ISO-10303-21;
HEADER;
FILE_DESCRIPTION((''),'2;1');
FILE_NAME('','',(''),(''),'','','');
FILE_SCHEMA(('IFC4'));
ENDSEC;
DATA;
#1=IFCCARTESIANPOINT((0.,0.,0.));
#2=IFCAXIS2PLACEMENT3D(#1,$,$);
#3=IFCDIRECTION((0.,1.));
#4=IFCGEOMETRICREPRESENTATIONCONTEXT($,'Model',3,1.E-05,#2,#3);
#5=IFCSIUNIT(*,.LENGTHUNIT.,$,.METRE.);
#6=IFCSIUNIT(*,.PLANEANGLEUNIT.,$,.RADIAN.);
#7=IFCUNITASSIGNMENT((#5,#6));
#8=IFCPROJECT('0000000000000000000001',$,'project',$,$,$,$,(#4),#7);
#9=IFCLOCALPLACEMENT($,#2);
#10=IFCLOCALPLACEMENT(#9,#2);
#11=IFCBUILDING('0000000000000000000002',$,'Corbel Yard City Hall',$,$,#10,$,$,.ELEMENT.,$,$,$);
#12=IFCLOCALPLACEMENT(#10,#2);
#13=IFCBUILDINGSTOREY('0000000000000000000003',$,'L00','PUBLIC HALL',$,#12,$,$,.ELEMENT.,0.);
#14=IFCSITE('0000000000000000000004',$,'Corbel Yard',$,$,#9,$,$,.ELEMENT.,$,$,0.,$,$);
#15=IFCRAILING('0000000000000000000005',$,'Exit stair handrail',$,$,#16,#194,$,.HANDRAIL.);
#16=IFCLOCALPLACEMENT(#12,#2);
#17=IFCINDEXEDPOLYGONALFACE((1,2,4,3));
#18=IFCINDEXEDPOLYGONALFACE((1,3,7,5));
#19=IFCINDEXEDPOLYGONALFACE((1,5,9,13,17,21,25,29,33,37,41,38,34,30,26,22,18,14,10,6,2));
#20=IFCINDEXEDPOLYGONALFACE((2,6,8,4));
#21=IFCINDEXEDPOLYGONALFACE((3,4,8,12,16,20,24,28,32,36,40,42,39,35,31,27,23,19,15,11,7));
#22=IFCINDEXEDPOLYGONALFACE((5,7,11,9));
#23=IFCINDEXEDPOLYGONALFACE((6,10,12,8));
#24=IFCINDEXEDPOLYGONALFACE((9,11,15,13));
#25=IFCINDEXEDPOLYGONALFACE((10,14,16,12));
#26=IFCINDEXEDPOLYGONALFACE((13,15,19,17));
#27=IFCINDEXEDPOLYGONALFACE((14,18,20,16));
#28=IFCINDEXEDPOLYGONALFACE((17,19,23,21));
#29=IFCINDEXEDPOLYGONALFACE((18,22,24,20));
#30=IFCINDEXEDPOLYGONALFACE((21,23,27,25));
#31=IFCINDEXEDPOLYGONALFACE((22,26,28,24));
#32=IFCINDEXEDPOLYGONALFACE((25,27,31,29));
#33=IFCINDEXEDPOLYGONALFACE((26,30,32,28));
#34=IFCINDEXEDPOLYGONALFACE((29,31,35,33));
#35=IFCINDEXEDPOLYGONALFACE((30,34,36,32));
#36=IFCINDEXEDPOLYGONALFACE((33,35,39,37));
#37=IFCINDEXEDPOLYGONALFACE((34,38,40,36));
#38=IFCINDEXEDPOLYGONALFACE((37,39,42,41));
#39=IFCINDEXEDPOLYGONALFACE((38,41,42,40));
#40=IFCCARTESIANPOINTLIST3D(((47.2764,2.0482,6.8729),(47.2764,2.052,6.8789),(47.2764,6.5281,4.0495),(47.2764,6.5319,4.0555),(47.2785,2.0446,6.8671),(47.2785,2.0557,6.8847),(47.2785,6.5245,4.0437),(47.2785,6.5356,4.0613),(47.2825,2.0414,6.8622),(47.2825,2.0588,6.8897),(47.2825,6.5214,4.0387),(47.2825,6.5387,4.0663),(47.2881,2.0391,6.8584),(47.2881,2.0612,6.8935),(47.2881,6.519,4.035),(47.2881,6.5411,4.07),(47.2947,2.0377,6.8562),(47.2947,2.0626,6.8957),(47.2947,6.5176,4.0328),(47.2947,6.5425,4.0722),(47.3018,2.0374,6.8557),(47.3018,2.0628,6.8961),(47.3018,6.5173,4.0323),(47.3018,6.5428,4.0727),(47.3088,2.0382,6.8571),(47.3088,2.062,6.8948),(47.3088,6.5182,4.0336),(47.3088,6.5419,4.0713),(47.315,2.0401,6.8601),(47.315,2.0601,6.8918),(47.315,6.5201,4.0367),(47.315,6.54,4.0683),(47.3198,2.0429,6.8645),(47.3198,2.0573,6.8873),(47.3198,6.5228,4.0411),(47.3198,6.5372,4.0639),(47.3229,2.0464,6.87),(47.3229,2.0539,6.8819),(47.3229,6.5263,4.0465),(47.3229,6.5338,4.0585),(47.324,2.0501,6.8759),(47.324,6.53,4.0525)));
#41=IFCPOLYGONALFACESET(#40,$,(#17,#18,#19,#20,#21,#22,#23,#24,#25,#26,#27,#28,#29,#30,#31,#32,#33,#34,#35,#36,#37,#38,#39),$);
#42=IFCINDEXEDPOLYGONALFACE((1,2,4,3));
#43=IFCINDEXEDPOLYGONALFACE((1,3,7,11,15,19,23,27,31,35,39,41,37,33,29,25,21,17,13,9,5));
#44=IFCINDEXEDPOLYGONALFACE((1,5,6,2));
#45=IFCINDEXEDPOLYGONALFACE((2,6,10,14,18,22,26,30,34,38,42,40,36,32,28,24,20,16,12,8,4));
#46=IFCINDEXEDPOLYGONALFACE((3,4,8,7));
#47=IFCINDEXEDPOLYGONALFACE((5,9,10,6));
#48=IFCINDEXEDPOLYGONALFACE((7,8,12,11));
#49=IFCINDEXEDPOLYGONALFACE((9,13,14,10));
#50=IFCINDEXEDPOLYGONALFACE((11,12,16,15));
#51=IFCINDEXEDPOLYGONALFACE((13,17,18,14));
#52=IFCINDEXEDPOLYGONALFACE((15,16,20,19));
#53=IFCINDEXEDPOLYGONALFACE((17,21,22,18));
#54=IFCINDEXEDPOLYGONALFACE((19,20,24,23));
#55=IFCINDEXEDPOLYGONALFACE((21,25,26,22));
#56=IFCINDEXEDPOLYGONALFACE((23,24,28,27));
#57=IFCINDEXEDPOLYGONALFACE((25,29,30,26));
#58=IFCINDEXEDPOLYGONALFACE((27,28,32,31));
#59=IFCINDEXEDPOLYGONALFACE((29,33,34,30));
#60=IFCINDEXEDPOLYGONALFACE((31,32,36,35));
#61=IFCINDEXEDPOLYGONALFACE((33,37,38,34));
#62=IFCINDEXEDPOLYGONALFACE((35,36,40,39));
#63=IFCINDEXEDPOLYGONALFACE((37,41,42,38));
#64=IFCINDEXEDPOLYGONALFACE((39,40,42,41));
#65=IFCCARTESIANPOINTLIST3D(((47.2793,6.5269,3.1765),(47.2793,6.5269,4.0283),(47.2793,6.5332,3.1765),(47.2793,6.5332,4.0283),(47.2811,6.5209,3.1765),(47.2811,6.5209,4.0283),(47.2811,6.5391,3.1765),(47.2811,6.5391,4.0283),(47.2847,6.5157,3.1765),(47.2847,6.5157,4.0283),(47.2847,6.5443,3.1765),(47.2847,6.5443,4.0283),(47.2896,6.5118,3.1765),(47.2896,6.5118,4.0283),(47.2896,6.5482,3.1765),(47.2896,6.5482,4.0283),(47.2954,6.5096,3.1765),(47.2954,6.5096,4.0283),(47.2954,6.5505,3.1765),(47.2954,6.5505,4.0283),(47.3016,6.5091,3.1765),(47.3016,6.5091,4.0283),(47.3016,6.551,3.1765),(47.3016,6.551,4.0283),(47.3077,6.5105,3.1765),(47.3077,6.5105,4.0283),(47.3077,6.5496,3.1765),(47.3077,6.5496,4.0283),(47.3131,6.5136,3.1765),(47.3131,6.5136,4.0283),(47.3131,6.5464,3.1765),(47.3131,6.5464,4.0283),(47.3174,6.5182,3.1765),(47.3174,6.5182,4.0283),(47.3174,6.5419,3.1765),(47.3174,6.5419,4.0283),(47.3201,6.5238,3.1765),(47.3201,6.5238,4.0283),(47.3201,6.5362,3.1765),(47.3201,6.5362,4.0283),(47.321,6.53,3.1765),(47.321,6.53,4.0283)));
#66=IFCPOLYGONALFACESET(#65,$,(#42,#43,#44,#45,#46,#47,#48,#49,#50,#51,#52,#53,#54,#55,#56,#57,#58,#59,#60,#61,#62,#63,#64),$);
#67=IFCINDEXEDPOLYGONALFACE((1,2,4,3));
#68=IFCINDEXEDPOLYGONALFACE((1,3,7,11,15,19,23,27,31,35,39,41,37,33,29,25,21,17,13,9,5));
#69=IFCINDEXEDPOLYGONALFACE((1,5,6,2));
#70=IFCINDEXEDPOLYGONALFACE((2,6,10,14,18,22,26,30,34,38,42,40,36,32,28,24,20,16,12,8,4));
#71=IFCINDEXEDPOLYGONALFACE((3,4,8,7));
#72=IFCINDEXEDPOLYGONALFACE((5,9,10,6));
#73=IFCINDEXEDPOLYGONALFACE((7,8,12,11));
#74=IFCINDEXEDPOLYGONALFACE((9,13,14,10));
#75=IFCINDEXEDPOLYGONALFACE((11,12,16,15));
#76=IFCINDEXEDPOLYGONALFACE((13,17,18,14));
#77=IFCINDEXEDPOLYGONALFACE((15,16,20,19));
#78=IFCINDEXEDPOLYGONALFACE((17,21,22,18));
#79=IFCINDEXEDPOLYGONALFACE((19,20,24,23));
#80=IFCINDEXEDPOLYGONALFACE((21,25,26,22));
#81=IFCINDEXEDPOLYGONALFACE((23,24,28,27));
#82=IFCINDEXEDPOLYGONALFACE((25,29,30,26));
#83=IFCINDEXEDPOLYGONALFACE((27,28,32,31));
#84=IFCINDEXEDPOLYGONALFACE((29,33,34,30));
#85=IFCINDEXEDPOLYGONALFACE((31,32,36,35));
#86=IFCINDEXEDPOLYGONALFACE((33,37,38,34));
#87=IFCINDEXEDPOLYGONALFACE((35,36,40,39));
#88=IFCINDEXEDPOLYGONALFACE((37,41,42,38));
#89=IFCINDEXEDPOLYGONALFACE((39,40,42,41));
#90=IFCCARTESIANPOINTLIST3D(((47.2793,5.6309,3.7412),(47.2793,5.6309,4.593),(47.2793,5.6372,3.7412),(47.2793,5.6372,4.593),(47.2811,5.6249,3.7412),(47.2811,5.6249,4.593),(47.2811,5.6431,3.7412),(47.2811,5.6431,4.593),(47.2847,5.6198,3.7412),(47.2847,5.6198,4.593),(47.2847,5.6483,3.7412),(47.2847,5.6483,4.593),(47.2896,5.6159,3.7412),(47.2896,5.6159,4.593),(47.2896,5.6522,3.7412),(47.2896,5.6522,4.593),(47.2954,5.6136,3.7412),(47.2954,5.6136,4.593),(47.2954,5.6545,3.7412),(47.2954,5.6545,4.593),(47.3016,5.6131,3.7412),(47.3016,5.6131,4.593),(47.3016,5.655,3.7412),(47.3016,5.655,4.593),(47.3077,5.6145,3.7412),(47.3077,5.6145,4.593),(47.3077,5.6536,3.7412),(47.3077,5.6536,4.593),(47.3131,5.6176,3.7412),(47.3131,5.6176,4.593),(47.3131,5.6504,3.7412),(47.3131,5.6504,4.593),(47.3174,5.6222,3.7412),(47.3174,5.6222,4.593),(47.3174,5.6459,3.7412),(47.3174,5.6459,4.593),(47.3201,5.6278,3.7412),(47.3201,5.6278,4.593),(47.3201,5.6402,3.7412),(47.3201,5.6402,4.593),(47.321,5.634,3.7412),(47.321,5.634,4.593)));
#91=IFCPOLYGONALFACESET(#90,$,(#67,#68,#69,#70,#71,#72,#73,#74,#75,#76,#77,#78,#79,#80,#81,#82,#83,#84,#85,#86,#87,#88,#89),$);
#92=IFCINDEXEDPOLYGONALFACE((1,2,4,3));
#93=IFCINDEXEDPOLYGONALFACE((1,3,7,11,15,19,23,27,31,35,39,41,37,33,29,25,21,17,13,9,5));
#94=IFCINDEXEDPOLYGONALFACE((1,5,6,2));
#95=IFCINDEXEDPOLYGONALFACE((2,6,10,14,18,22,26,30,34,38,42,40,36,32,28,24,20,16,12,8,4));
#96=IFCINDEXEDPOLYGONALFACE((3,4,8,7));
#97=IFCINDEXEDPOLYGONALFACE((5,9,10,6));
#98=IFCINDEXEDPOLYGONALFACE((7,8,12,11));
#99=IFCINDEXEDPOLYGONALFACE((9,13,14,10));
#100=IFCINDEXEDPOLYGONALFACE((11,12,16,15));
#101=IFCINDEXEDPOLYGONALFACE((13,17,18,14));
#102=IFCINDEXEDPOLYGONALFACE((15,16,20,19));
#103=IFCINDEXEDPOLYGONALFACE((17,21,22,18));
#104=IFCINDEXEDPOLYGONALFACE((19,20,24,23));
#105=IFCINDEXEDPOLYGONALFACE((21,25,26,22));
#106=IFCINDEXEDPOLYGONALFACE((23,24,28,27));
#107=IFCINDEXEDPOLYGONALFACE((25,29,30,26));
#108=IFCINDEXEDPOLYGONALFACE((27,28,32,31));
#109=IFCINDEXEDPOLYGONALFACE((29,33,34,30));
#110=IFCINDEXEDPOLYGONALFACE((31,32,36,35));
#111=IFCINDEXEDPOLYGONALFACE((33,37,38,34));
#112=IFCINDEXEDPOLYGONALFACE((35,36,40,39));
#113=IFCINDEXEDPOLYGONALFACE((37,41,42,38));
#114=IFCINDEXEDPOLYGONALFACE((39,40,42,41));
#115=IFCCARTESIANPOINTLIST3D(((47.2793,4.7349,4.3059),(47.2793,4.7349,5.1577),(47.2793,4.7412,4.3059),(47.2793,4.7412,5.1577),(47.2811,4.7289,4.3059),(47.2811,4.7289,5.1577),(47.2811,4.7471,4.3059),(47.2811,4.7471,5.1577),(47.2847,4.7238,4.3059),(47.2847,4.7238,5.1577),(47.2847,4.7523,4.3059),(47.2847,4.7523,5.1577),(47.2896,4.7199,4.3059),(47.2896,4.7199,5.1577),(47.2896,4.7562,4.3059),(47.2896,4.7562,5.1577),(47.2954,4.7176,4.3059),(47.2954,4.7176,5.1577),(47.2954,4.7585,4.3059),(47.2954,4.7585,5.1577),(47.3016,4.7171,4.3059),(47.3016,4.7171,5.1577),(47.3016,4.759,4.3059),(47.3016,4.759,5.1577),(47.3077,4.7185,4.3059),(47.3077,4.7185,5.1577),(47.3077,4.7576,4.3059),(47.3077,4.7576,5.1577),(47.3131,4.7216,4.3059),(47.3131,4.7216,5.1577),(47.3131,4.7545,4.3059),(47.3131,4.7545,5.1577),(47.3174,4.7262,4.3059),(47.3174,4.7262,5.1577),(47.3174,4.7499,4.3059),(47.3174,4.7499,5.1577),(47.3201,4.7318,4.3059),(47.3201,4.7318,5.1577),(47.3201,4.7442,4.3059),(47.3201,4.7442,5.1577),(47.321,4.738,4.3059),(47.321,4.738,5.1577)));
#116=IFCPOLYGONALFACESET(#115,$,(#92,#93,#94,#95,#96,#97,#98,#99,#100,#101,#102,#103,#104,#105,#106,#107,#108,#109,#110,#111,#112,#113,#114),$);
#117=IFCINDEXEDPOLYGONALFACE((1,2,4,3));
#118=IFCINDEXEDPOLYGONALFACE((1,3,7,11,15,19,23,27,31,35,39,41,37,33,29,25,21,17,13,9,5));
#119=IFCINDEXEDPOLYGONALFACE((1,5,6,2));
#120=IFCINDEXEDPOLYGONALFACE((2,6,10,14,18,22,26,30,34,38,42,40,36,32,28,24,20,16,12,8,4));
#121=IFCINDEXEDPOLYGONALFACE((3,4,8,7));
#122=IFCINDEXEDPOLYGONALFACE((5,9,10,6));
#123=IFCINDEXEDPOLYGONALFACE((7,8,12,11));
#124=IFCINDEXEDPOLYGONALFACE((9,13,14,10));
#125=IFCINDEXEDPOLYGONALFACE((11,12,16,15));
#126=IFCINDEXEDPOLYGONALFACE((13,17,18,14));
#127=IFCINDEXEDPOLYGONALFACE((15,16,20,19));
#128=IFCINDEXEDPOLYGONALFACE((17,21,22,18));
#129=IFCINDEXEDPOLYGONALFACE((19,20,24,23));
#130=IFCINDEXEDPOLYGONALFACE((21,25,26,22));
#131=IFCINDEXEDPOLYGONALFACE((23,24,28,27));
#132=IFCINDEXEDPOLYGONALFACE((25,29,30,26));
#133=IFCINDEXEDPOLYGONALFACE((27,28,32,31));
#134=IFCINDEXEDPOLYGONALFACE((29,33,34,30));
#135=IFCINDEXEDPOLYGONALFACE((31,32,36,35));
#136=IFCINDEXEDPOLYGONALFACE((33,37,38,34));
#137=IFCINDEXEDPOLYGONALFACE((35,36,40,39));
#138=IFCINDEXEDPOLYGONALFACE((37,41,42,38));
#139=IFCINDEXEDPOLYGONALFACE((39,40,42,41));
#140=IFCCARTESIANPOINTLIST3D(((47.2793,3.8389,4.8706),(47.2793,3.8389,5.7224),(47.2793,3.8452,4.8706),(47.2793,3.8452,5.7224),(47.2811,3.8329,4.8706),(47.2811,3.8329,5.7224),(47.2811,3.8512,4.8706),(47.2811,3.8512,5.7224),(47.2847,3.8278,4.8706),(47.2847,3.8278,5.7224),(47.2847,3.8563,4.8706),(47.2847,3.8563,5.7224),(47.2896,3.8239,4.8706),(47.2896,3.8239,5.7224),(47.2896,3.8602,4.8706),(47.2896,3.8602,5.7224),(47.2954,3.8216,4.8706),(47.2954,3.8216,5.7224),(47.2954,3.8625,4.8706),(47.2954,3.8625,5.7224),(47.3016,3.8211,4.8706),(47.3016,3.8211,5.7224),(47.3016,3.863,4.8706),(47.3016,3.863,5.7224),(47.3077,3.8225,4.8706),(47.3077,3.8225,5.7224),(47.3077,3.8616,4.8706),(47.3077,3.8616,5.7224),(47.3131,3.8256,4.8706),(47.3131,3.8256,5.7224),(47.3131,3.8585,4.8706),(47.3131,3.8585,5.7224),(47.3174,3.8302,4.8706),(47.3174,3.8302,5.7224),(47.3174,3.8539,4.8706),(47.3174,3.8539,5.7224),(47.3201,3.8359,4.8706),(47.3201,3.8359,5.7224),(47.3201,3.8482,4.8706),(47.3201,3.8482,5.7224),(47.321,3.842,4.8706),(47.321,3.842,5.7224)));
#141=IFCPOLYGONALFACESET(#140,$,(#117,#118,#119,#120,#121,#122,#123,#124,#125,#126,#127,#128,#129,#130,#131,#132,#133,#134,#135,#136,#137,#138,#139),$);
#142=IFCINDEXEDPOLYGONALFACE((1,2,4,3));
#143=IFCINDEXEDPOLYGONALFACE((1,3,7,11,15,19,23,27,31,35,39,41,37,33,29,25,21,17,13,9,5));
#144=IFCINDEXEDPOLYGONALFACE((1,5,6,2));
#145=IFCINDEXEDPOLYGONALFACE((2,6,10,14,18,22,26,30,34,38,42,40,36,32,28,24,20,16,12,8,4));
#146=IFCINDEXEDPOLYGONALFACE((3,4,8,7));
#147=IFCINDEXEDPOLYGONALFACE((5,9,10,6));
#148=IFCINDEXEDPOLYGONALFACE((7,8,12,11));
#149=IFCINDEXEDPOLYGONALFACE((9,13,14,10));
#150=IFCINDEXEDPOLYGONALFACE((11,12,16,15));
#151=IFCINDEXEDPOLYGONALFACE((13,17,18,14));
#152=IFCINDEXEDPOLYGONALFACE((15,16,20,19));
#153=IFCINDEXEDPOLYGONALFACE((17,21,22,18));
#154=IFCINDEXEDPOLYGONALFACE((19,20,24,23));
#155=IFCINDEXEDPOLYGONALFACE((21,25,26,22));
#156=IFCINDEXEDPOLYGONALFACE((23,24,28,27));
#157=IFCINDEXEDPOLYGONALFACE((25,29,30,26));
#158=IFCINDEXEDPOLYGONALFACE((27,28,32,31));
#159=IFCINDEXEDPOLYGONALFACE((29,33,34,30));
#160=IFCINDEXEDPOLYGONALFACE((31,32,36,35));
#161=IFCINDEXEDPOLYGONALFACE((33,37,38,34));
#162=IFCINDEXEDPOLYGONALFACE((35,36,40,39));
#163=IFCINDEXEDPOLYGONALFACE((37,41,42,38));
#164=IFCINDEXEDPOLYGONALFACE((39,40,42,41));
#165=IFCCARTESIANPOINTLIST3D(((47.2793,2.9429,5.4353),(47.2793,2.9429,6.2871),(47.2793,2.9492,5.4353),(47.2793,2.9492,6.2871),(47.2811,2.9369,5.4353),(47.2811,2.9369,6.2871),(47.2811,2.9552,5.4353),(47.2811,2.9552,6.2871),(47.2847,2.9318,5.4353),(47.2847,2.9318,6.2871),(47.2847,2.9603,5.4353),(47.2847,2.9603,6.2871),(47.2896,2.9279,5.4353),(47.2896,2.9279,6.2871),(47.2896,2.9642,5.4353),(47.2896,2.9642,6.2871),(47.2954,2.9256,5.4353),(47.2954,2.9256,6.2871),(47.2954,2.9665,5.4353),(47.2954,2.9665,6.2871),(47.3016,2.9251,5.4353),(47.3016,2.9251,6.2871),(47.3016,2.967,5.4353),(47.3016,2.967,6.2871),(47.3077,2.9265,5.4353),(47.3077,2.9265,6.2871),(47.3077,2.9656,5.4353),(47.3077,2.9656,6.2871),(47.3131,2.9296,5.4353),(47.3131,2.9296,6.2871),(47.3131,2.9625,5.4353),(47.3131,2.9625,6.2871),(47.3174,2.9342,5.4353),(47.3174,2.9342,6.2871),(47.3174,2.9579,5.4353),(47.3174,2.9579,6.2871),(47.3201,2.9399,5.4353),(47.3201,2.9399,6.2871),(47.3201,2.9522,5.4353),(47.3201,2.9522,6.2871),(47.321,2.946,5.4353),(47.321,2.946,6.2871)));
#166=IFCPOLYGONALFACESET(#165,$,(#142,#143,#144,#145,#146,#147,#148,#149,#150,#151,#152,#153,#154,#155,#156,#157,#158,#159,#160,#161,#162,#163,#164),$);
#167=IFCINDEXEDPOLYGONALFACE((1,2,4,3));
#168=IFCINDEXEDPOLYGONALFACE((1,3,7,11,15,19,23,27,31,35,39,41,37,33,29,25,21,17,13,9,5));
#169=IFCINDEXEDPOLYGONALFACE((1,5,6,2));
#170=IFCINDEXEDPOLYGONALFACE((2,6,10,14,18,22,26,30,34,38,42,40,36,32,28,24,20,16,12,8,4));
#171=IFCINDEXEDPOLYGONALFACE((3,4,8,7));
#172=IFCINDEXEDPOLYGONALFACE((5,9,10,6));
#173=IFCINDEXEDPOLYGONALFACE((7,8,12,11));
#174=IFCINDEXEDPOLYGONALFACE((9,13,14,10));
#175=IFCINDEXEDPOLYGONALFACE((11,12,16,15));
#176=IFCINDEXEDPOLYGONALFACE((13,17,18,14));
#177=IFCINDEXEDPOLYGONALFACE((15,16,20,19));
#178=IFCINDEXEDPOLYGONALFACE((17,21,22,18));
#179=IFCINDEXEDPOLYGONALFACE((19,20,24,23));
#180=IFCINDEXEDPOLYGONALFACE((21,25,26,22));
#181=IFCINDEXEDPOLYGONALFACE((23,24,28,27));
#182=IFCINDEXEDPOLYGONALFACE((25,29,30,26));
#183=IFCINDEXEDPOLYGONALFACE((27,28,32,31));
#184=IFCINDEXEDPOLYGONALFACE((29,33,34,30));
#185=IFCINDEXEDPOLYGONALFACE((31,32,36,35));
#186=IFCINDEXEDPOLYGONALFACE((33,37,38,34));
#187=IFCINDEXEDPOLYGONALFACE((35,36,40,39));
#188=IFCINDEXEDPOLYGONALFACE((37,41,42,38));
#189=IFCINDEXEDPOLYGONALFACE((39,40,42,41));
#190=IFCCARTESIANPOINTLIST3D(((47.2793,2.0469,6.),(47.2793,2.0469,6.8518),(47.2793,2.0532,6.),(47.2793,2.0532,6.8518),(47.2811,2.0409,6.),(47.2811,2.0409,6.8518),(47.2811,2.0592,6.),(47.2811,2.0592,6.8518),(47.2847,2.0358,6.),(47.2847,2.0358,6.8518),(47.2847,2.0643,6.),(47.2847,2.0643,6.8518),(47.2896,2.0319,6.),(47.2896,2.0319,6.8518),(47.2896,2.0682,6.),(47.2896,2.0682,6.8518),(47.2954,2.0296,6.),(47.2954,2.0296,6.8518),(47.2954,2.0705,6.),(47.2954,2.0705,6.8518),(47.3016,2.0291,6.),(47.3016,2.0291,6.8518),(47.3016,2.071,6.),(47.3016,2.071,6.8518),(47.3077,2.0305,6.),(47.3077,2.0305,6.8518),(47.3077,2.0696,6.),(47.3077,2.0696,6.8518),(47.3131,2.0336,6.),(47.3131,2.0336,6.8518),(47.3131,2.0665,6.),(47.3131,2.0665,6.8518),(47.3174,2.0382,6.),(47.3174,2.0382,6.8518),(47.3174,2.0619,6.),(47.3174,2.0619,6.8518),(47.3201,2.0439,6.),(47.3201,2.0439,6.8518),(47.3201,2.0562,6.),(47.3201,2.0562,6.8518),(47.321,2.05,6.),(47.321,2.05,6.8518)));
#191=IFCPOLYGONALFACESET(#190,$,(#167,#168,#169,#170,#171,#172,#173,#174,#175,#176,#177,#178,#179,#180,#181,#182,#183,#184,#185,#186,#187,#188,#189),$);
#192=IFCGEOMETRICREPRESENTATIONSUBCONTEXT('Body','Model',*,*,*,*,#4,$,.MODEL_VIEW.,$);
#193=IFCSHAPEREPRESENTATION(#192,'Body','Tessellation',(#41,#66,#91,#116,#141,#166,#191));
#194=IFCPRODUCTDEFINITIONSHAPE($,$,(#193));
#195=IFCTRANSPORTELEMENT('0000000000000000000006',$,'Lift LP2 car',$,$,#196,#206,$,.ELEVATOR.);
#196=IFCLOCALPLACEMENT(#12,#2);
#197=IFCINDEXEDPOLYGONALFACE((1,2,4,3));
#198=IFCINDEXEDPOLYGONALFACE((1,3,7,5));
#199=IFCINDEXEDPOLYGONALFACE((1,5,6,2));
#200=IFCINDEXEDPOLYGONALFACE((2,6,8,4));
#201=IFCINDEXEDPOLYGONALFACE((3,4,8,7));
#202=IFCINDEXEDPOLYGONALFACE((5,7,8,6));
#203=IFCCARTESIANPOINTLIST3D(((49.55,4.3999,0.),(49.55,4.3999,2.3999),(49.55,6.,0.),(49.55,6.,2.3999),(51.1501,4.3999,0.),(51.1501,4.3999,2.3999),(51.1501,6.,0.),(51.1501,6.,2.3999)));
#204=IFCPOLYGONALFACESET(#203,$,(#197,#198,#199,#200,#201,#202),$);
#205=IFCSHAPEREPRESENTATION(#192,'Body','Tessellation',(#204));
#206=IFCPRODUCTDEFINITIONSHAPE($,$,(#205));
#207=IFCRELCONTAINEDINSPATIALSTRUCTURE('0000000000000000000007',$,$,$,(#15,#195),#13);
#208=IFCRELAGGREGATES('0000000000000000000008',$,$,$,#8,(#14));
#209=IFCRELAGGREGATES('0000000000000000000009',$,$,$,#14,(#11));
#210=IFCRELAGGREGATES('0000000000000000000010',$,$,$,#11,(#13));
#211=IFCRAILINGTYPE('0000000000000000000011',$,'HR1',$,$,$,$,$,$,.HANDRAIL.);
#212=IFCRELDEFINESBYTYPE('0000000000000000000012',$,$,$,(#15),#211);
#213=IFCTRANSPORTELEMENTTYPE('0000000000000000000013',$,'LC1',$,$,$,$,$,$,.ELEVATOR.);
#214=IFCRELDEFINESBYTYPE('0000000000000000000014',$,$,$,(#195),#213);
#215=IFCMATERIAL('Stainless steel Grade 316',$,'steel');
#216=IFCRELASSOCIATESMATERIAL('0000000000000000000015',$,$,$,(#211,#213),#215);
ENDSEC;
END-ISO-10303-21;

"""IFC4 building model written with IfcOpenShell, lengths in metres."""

from ifc_helpers import new_model, si_unit, direction, frame, origin, origin_2d, place, context, subcontext, project, spatial, rectangle, circle, extrude, material, type_object, element, save


model = new_model("IFC4")

# Units and contexts
model_context = context("Model", 3, precision=1e-05, world=origin(), true_north=direction((0.0, 1.0)))
body_context = subcontext(model_context, "Body", "Model", "MODEL_VIEW")
ifc_project = project(units=[si_unit("LENGTHUNIT", "METRE"), si_unit("PLANEANGLEUNIT", "RADIAN")], contexts=[model_context])

# Site, building, storey
site_placement = place(None, origin())
site = spatial("IfcSite", under=ifc_project, at=site_placement, Name="Corbel Yard", CompositionType="ELEMENT", RefElevation=0.0)
building_placement = place(site_placement, origin())
building = spatial("IfcBuilding", under=site, at=building_placement, Name="Corbel Yard City Hall", CompositionType="ELEMENT")
storey_placement = place(building_placement, origin())
storey = spatial("IfcBuildingStorey", under=building, at=storey_placement, Name="L00", Description="PUBLIC HALL", CompositionType="ELEMENT", Elevation=0.0)

# Shared definitions
ifc_material_1 = material(Name="Stainless steel Grade 316", Category="steel")

# Railing
railing_type = type_object("IfcRailingType", Name="HR1", PredefinedType="HANDRAIL", material=ifc_material_1)
railing_1_placement = place(storey_placement, frame((47.3, 6.53, 3.1765)))
element("IfcRailing", 1, at=railing_1_placement, inside=storey, type_object=railing_type, Name="Exit stair handrail", PredefinedType="HANDRAIL", context=body_context, shape_type="SweptSolid", body=[
    extrude(circle(Radius=0.0239, at=origin_2d()), frame((0.0, 0.0, 0.876), z_axis=(0.0, -0.845998, 0.533186), x_axis=(1.0, 0.0, 0.0)), (0.0, 0.0, 1.0), 5.2954),
    extrude(circle(Radius=0.021, at=origin_2d()), origin(), (0.0, 0.0, 1.0), 0.8518),
    extrude(circle(Radius=0.021, at=origin_2d()), frame((0.0, -0.896, 0.5647)), (0.0, 0.0, 1.0), 0.8518),
    extrude(circle(Radius=0.021, at=origin_2d()), frame((0.0, -1.792, 1.1294)), (0.0, 0.0, 1.0), 0.8518),
    extrude(circle(Radius=0.021, at=origin_2d()), frame((0.0, -2.688, 1.6941)), (0.0, 0.0, 1.0), 0.8518),
    extrude(circle(Radius=0.021, at=origin_2d()), frame((0.0, -3.584, 2.2588)), (0.0, 0.0, 1.0), 0.8518),
    extrude(circle(Radius=0.021, at=origin_2d()), frame((0.0, -4.48, 2.8235)), (0.0, 0.0, 1.0), 0.8518),
])

# Transport element
transport_element_type = type_object("IfcTransportElementType", Name="LC1", PredefinedType="ELEVATOR", material=ifc_material_1)
transport_element_placement = place(storey_placement, frame((50.3501, 5.2, 0.0), z_axis=(0.0, 0.0, 1.0), x_axis=(1.0, 0.0, 0.0)))
element("IfcTransportElement", 2, at=transport_element_placement, inside=storey, type_object=transport_element_type, Name="Lift LP2 car", PredefinedType="ELEVATOR", context=body_context, shape_type="SweptSolid", body=[
    extrude(rectangle(XDim=1.6001, YDim=1.6001, at=origin_2d()), origin(), (0.0, 0.0, 1.0), 2.3999),
])

save(model, "model.ifc")
